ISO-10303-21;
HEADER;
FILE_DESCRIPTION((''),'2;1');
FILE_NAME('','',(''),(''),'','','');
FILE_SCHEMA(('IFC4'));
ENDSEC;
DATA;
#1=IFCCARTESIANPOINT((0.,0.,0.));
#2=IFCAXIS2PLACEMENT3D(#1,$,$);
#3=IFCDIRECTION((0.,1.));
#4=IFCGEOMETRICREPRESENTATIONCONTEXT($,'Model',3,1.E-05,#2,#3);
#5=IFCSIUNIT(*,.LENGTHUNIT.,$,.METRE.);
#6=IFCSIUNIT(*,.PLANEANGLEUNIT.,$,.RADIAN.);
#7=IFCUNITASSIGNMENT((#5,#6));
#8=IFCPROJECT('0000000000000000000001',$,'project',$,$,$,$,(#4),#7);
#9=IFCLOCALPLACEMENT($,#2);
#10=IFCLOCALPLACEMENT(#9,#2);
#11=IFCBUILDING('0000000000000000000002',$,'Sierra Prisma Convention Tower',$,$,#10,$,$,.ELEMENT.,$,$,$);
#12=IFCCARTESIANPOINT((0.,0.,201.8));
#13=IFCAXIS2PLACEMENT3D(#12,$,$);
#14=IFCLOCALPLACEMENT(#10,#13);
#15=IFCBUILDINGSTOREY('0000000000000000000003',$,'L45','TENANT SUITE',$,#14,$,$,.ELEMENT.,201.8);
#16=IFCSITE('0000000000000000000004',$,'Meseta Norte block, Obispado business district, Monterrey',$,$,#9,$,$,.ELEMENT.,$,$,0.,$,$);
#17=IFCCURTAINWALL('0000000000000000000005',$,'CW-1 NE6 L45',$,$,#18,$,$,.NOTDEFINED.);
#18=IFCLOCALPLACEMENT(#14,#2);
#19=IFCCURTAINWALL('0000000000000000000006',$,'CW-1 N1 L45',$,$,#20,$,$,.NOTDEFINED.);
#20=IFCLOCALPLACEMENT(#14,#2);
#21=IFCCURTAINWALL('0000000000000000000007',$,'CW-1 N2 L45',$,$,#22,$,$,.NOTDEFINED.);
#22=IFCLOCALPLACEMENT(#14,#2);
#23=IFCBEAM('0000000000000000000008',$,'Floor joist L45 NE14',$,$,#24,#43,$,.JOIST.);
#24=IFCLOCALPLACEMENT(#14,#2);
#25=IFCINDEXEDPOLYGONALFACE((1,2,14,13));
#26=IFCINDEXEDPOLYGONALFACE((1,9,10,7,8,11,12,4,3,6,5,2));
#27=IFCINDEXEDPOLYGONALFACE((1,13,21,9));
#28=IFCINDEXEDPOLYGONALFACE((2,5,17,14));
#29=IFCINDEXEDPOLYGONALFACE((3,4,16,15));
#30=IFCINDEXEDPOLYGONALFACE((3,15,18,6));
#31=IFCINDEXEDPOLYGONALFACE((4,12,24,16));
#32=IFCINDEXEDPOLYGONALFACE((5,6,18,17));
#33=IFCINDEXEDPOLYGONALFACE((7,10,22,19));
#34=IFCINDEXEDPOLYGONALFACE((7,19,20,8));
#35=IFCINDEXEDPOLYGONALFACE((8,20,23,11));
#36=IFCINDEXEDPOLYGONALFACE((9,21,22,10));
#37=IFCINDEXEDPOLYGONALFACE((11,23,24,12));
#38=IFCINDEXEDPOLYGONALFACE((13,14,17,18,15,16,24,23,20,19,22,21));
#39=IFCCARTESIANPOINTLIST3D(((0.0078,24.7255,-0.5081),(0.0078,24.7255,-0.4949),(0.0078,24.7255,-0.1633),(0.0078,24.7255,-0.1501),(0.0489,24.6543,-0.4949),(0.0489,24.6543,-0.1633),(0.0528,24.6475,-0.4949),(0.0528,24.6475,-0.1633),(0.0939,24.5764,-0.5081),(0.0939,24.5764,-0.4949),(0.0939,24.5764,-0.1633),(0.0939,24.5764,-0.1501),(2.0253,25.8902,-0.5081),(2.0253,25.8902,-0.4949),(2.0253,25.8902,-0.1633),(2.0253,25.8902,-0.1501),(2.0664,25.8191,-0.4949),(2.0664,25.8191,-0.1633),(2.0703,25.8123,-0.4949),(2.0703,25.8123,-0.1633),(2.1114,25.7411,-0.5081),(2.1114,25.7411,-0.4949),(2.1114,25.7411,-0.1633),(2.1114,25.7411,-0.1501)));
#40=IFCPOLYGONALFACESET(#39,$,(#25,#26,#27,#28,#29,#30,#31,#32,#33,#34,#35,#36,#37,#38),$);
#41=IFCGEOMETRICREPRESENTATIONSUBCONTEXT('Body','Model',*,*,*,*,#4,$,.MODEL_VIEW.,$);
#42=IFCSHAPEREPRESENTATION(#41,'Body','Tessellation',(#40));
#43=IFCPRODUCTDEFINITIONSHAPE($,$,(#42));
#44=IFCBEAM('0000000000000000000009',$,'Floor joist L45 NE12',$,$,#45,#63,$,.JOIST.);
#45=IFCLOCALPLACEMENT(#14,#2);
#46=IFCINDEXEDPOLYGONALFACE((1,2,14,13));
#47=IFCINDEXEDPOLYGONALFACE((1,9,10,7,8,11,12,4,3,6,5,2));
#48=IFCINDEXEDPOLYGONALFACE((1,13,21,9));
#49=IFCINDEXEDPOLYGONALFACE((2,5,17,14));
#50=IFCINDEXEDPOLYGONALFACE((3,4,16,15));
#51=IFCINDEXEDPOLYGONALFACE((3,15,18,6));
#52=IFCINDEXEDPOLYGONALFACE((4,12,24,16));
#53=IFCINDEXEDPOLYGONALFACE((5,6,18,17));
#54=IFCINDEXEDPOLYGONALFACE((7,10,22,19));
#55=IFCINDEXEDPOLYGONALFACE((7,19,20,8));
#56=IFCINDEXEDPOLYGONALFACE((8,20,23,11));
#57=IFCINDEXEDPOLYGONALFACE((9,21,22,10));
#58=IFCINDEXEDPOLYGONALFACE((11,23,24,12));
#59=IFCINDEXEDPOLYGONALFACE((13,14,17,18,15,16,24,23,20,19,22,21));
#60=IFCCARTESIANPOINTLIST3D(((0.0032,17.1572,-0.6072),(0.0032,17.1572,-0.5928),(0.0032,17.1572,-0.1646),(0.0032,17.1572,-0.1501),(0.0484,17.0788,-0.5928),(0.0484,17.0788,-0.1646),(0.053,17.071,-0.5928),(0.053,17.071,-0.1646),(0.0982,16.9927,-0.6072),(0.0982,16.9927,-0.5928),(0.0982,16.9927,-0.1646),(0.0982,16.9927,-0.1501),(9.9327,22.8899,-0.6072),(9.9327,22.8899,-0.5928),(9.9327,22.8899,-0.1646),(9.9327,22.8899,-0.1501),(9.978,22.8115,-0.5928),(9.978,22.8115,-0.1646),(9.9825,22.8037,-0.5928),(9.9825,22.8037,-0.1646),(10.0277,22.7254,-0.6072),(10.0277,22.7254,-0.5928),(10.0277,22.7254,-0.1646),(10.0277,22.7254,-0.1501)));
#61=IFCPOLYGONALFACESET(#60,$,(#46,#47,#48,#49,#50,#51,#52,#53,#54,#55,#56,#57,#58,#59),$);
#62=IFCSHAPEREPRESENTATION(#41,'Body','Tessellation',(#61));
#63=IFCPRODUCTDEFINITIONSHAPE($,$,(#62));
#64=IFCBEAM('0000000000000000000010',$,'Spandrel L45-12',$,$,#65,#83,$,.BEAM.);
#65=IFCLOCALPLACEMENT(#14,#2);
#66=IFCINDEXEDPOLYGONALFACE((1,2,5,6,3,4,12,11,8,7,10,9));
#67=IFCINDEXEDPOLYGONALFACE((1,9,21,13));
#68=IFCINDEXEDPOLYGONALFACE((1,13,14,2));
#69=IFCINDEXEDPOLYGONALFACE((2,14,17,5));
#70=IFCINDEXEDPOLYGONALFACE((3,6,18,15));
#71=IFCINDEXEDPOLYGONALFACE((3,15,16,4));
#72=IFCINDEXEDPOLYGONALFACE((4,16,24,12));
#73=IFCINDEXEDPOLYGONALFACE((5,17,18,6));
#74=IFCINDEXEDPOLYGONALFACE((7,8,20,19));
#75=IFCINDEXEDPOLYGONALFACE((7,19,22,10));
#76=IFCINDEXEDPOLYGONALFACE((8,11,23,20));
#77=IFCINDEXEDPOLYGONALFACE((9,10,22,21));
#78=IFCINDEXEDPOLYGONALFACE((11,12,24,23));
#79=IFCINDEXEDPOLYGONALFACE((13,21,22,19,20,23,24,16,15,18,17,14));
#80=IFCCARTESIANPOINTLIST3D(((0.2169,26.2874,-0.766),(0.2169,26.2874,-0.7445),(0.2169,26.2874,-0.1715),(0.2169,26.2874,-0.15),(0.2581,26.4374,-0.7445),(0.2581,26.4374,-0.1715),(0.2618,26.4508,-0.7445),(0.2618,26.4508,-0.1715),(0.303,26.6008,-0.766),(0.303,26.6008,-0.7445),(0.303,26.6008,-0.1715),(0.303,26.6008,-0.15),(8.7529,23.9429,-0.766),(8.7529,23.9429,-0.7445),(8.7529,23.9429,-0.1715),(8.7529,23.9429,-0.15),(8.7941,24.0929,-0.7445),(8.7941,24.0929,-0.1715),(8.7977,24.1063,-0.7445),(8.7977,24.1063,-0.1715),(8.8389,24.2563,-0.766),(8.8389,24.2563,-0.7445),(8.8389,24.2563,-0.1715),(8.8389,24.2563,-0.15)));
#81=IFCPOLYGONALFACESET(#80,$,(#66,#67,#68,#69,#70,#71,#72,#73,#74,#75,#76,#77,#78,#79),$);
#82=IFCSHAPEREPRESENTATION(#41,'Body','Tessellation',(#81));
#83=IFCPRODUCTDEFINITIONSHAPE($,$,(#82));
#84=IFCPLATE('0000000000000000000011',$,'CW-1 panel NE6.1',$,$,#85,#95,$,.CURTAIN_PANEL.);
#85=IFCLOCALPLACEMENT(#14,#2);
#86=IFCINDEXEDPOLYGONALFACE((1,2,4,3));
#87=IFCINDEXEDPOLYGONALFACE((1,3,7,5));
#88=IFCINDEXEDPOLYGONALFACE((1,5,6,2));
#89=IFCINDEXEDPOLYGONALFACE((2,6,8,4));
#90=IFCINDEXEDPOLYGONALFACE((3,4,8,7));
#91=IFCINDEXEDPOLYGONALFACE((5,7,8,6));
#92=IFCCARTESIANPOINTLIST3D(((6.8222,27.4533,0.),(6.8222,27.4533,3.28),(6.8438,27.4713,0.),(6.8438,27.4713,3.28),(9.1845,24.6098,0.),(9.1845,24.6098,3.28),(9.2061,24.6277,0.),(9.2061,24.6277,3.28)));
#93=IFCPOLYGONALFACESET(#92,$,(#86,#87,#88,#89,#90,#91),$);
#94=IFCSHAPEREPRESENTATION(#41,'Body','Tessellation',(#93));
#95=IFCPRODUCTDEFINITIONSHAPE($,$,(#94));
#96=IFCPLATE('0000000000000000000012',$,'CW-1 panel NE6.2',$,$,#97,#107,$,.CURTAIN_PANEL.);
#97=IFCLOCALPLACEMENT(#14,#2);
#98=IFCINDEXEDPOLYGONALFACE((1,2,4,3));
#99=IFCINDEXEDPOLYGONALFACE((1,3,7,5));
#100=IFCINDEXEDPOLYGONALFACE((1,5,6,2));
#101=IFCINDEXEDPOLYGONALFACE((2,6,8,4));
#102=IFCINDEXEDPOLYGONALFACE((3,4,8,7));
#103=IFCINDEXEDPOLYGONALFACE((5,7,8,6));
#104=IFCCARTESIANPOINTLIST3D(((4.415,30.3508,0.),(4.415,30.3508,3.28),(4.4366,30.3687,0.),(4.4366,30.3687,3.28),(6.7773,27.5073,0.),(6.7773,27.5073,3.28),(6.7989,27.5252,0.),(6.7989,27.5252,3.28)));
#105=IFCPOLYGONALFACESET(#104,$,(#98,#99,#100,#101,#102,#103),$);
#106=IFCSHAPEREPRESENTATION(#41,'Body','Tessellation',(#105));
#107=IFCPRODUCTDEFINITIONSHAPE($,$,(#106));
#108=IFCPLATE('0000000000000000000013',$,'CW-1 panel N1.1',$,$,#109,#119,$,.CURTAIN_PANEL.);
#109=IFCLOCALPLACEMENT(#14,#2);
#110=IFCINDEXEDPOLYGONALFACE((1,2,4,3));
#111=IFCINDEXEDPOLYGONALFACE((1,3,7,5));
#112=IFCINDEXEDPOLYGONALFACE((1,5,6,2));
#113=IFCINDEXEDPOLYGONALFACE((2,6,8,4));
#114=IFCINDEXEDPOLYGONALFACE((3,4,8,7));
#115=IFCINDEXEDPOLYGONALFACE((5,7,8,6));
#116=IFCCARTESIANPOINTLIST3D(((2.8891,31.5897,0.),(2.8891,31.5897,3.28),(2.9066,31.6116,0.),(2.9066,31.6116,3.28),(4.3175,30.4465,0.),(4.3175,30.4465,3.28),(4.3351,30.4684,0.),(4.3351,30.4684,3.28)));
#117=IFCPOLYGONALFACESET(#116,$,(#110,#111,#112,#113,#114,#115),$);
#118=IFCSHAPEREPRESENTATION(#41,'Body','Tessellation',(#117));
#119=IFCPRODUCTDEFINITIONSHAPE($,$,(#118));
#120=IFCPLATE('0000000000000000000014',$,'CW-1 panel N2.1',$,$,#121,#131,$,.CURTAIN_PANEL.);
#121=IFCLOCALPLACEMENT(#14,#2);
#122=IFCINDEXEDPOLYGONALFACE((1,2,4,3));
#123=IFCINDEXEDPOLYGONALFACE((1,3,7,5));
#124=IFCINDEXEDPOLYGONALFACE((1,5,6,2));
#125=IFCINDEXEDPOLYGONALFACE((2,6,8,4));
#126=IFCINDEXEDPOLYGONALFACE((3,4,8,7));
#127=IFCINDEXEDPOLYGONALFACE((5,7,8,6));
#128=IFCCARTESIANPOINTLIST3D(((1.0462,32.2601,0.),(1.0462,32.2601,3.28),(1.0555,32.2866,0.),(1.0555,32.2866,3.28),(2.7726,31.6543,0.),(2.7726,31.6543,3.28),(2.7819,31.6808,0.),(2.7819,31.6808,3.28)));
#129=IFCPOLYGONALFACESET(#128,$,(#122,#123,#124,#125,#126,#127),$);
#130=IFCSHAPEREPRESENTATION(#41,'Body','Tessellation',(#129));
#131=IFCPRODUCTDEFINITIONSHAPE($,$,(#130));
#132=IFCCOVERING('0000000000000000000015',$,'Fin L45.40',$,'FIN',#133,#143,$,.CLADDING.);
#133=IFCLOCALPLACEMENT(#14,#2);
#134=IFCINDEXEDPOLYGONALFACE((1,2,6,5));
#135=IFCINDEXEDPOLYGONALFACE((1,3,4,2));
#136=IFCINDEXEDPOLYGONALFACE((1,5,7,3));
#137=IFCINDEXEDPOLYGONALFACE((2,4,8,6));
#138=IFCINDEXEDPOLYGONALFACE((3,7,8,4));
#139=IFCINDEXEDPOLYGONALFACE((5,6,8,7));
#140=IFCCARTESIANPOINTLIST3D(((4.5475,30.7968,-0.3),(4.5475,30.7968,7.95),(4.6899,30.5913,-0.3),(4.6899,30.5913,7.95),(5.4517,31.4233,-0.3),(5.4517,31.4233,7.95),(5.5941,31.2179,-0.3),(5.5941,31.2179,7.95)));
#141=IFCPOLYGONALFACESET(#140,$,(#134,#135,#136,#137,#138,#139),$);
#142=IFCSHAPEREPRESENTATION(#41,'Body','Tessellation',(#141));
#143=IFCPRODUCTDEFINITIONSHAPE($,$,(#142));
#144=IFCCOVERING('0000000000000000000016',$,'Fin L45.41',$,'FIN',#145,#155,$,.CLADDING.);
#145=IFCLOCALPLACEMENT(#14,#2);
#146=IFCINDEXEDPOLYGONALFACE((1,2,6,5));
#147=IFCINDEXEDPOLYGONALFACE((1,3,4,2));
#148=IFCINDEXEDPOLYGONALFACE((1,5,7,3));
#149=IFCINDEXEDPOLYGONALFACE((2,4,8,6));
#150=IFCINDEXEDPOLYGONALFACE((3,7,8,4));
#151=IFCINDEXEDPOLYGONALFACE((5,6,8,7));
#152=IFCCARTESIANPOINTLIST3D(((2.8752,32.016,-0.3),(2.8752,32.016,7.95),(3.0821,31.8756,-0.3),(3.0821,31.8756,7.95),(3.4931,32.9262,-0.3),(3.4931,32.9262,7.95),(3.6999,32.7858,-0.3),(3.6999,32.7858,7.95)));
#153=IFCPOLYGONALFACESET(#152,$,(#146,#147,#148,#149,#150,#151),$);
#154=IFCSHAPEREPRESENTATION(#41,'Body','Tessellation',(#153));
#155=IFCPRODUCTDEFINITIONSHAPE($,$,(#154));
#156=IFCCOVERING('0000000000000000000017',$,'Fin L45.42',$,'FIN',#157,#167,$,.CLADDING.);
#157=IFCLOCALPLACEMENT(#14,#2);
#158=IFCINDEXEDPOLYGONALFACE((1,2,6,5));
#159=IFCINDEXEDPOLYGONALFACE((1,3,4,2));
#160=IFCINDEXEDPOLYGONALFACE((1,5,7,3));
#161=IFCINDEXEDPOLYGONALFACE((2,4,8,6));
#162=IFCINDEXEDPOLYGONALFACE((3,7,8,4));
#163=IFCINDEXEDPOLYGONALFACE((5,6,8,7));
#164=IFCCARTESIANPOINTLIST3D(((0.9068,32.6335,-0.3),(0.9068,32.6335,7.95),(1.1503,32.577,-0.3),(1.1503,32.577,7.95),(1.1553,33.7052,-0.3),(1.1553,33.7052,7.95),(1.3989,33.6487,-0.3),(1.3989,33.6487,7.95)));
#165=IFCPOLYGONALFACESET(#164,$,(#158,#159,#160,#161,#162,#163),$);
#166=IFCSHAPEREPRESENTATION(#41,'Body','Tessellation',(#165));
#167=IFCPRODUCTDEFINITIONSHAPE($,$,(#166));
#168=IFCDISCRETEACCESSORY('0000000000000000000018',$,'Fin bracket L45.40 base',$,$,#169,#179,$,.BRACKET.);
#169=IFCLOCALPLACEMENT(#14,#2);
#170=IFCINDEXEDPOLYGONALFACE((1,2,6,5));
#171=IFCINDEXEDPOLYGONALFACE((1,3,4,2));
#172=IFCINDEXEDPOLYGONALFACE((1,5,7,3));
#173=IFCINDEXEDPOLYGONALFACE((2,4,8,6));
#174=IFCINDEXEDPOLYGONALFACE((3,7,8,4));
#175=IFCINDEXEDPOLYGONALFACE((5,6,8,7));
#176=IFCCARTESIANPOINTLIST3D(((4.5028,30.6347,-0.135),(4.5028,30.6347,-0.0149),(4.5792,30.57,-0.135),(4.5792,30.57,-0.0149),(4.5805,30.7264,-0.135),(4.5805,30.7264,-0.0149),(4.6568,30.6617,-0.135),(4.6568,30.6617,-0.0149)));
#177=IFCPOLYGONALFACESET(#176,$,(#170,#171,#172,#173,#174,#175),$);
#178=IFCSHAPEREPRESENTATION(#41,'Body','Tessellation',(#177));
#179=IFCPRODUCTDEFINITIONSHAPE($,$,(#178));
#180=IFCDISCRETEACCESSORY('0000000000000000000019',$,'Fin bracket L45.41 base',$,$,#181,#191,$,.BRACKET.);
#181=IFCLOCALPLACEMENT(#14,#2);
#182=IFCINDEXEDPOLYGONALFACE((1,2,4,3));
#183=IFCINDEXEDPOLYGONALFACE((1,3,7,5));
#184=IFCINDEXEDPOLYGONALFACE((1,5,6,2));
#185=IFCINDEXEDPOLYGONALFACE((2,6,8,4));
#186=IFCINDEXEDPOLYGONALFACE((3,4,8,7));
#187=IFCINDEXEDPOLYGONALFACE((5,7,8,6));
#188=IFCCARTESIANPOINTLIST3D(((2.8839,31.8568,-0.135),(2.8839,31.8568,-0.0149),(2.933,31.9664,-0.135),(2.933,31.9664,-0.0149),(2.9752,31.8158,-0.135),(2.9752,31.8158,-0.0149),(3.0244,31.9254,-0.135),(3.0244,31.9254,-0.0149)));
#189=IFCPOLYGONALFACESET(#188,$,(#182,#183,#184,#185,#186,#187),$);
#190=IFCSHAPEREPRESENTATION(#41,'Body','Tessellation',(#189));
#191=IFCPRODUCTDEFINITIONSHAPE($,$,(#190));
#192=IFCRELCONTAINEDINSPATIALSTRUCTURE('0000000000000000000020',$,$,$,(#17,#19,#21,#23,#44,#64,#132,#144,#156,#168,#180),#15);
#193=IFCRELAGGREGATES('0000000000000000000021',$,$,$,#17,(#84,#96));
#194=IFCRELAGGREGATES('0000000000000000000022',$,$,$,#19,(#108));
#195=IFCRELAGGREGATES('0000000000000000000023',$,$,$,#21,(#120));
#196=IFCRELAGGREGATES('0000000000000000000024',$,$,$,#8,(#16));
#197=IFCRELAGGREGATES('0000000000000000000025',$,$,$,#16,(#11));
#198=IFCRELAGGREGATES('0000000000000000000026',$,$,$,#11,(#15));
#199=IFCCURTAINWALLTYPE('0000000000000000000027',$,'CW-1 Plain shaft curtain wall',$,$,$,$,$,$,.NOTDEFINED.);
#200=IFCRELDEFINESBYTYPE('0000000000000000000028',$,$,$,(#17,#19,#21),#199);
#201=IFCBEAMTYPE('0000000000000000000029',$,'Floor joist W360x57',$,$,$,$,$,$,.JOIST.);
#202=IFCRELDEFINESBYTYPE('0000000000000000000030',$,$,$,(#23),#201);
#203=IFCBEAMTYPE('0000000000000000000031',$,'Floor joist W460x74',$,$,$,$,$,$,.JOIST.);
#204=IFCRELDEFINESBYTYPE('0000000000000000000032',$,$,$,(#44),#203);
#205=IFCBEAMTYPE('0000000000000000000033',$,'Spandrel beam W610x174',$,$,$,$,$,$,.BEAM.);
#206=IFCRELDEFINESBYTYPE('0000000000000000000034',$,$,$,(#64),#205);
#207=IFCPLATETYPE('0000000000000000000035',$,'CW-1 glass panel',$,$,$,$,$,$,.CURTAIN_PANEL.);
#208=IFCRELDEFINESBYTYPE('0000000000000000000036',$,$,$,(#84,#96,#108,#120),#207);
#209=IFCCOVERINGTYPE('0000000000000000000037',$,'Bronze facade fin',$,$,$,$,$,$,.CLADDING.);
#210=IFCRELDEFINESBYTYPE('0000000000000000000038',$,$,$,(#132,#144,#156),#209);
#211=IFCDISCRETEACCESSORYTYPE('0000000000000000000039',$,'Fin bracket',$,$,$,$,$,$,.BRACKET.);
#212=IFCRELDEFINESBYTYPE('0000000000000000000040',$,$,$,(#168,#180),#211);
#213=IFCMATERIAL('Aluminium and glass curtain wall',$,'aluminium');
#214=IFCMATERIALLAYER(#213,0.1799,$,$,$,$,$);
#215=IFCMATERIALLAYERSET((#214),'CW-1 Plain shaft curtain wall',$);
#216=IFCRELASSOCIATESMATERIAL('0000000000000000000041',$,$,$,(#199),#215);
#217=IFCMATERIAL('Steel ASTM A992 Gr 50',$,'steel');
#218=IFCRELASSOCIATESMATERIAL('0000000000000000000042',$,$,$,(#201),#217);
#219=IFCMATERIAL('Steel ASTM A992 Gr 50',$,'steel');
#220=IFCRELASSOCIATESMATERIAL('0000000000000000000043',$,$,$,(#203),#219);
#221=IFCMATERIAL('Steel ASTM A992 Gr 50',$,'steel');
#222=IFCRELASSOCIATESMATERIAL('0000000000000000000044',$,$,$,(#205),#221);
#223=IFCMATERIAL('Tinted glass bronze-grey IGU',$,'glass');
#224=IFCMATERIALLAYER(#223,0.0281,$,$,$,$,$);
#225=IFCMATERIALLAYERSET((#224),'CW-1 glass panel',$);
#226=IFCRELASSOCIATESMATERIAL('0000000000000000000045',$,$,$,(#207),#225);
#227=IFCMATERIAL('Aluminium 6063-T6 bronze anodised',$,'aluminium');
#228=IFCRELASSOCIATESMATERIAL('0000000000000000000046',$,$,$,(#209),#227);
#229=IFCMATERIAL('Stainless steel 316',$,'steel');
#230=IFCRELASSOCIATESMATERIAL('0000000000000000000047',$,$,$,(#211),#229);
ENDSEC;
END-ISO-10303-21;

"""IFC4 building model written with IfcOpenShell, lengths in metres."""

from ifc_helpers import new_model, si_unit, direction, frame, origin, origin_2d, place, context, subcontext, project, spatial, rectangle, i_section, extrude, material, layer, layer_set, material_profile, profile_set, type_object, element, aggregate, save


model = new_model("IFC4")

# Units and contexts
model_context = context("Model", 3, precision=1e-05, world=origin(), true_north=direction((0.0, 1.0)))
body_context = subcontext(model_context, "Body", "Model", "MODEL_VIEW")
ifc_project = project(units=[si_unit("LENGTHUNIT", "METRE"), si_unit("PLANEANGLEUNIT", "RADIAN")], contexts=[model_context])

# Site, building, storey
site_placement = place(None, origin())
site = spatial("IfcSite", under=ifc_project, at=site_placement, Name="Meseta Norte block, Obispado business district, Monterrey", CompositionType="ELEMENT", RefElevation=0.0)
building_placement = place(site_placement, origin())
building = spatial("IfcBuilding", under=site, at=building_placement, Name="Sierra Prisma Convention Tower", CompositionType="ELEMENT")
storey_placement = place(building_placement, frame((0.0, 0.0, 201.8)))
storey = spatial("IfcBuildingStorey", under=building, at=storey_placement, Name="L45", Description="TENANT SUITE", CompositionType="ELEMENT", Elevation=201.8)

# Curtain walls
ifc_material_1 = material(Name="Aluminium and glass curtain wall", Category="aluminium")
ifc_layer_1 = layer(ifc_material_1, 0.1799)
ifc_layer_set_1 = layer_set([ifc_layer_1], Name="CW-1 Plain shaft curtain wall")
curtain_wall_type = type_object("IfcCurtainWallType", Name="CW-1 Plain shaft curtain wall", PredefinedType="NOTDEFINED", material=ifc_layer_set_1)
curtain_wall_1_placement = place(storey_placement, origin())
curtain_wall_1 = element("IfcCurtainWall", 1, at=curtain_wall_1_placement, inside=storey, type_object=curtain_wall_type, Name="CW-1 NE6 L45", PredefinedType="NOTDEFINED")
curtain_wall_2_placement = place(storey_placement, origin())
curtain_wall_2 = element("IfcCurtainWall", 2, at=curtain_wall_2_placement, inside=storey, type_object=curtain_wall_type, Name="CW-1 N1 L45", PredefinedType="NOTDEFINED")
curtain_wall_3_placement = place(storey_placement, origin())
curtain_wall_3 = element("IfcCurtainWall", 3, at=curtain_wall_3_placement, inside=storey, type_object=curtain_wall_type, Name="CW-1 N2 L45", PredefinedType="NOTDEFINED")

# Beams
ifc_material_2 = material(Name="Steel ASTM A992 Gr 50", Category="steel")
ifc_material_profile_1 = material_profile(ifc_material_2, i_section(OverallWidth=0.1721, OverallDepth=0.3579, WebThickness=0.0078, FlangeThickness=0.0132, at=origin_2d()), Name="W360x57")
ifc_profile_set_1 = profile_set([ifc_material_profile_1], Name="Steel ASTM A992 Gr 50")
beam_type_1 = type_object("IfcBeamType", Name="Floor joist W360x57", PredefinedType="JOIST", material=ifc_profile_set_1)
beam_1_placement = place(storey_placement, frame((2.0684, 25.8157, -0.3291), z_axis=(-0.866036, -0.499983, 0.0), x_axis=(0.499983, -0.866036, 0.0)))
element("IfcBeam", 4, at=beam_1_placement, inside=storey, type_object=beam_type_1, Name="Floor joist L45 NE14", PredefinedType="JOIST", context=body_context, shape_type="SweptSolid", body=[
    extrude(i_section(OverallWidth=0.1721, OverallDepth=0.3579, WebThickness=0.0078, FlangeThickness=0.0132, at=origin_2d()), origin(), (0.0, 0.0, 1.0), 2.3296),
])
ifc_material_3 = material(Name="Steel ASTM A992 Gr 50", Category="steel")
ifc_material_profile_2 = material_profile(ifc_material_3, i_section(OverallWidth=0.1899, OverallDepth=0.457, WebThickness=0.009, FlangeThickness=0.0144, at=origin_2d()), Name="W460x74")
ifc_profile_set_2 = profile_set([ifc_material_profile_2], Name="Steel ASTM A992 Gr 50")
beam_type_2 = type_object("IfcBeamType", Name="Floor joist W460x74", PredefinedType="JOIST", material=ifc_profile_set_2)
beam_2_placement = place(storey_placement, frame((9.9802, 22.8076, -0.3787), z_axis=(-0.866029, -0.499993, 0.0), x_axis=(0.499993, -0.866029, 0.0)))
element("IfcBeam", 5, at=beam_2_placement, inside=storey, type_object=beam_type_2, Name="Floor joist L45 NE12", PredefinedType="JOIST", context=body_context, shape_type="SweptSolid", body=[
    extrude(i_section(OverallWidth=0.1899, OverallDepth=0.457, WebThickness=0.009, FlangeThickness=0.0144, at=origin_2d()), origin(), (0.0, 0.0, 1.0), 11.4656),
])
ifc_material_4 = material(Name="Steel ASTM A992 Gr 50", Category="steel")
ifc_material_profile_3 = material_profile(ifc_material_4, i_section(OverallWidth=0.325, OverallDepth=0.616, WebThickness=0.0139, FlangeThickness=0.0215, at=origin_2d()), Name="W610x174")
ifc_profile_set_3 = profile_set([ifc_material_profile_3], Name="Steel ASTM A992 Gr 50")
beam_type_3 = type_object("IfcBeamType", Name="Spandrel beam W610x174", PredefinedType="BEAM", material=ifc_profile_set_3)
beam_3_placement = place(storey_placement, frame((8.7959, 24.0996, -0.458), z_axis=(-0.964289, 0.264853, 0.0), x_axis=(-0.264853, -0.964289, 0.0)))
element("IfcBeam", 6, at=beam_3_placement, inside=storey, type_object=beam_type_3, Name="Spandrel L45-12", PredefinedType="BEAM", context=body_context, shape_type="SweptSolid", body=[
    extrude(i_section(OverallWidth=0.325, OverallDepth=0.616, WebThickness=0.0139, FlangeThickness=0.0215, at=origin_2d()), origin(), (0.0, 0.0, 1.0), 8.8521),
])

# Plates
ifc_material_5 = material(Name="Tinted glass bronze-grey IGU", Category="glass")
ifc_layer_2 = layer(ifc_material_5, 0.0281)
ifc_layer_set_2 = layer_set([ifc_layer_2], Name="CW-1 glass panel")
plate_type = type_object("IfcPlateType", Name="CW-1 glass panel", PredefinedType="CURTAIN_PANEL", material=ifc_layer_set_2)
plate_1_placement = place(storey_placement, frame((8.0142, 26.0405, 0.0), z_axis=(0.0, 0.0, 1.0), x_axis=(-0.639018, 0.769191, 0.0)))
plate_1 = element("IfcPlate", 7, at=plate_1_placement, type_object=plate_type, Name="CW-1 panel NE6.1", PredefinedType="CURTAIN_PANEL", context=body_context, shape_type="SweptSolid", body=[
    extrude(rectangle(XDim=3.6968, YDim=0.0281, at=origin_2d()), origin(), (0.0, 0.0, 1.0), 3.28),
])
plate_2_placement = place(storey_placement, frame((5.6069, 28.938, 0.0), z_axis=(0.0, 0.0, 1.0), x_axis=(-0.639018, 0.769191, 0.0)))
plate_2 = element("IfcPlate", 8, at=plate_2_placement, type_object=plate_type, Name="CW-1 panel NE6.2", PredefinedType="CURTAIN_PANEL", context=body_context, shape_type="SweptSolid", body=[
    extrude(rectangle(XDim=3.6968, YDim=0.0281, at=origin_2d()), origin(), (0.0, 0.0, 1.0), 3.28),
])
aggregate(curtain_wall_1, [plate_1, plate_2])
plate_3_placement = place(storey_placement, frame((3.6121, 31.0291, 0.0), z_axis=(0.0, 0.0, 1.0), x_axis=(-0.780757, 0.624835, 0.0)))
plate_3 = element("IfcPlate", 9, at=plate_3_placement, type_object=plate_type, Name="CW-1 panel N1.1", PredefinedType="CURTAIN_PANEL", context=body_context, shape_type="SweptSolid", body=[
    extrude(rectangle(XDim=1.8296, YDim=0.0281, at=origin_2d()), origin(), (0.0, 0.0, 1.0), 3.28),
])
aggregate(curtain_wall_2, [plate_3])
plate_4_placement = place(storey_placement, frame((1.9141, 31.9705, 0.0), z_axis=(0.0, 0.0, 1.0), x_axis=(-0.943599, 0.331092, 0.0)))
plate_4 = element("IfcPlate", 10, at=plate_4_placement, type_object=plate_type, Name="CW-1 panel N2.1", PredefinedType="CURTAIN_PANEL", context=body_context, shape_type="SweptSolid", body=[
    extrude(rectangle(XDim=1.8296, YDim=0.0281, at=origin_2d()), origin(), (0.0, 0.0, 1.0), 3.28),
])
aggregate(curtain_wall_3, [plate_4])

# Coverings
ifc_material_6 = material(Name="Aluminium 6063-T6 bronze anodised", Category="aluminium")
ifc_material_profile_4 = material_profile(ifc_material_6, rectangle(XDim=1.1001, YDim=0.25, at=origin_2d()), Name="ALU FIN 1100x250")
ifc_profile_set_4 = profile_set([ifc_material_profile_4], Name="Aluminium 6063-T6 bronze anodised")
covering_type = type_object("IfcCoveringType", Name="Bronze facade fin", PredefinedType="CLADDING", material=ifc_profile_set_4)
for number, where, z_axis, x_axis, name in (
    (11, (5.0708, 31.0073, -0.3), (0.0, 0.0, 1.0), (0.821959, 0.569547, 0.0), "Fin L45.40"),
    (12, (3.2876, 32.4009, -0.3), (0.0, 0.0, 1.0), (0.561633, 0.827387, 0.0), "Fin L45.41"),
    (13, (1.1528, 33.1411, -0.3), (0.0, 0.0, 1.0), (0.225908, 0.974149, 0.0), "Fin L45.42"),
):
    element("IfcCovering", number, at=place(storey_placement, frame(where, z_axis=z_axis, x_axis=x_axis)), inside=storey, type_object=covering_type, Name=name, ObjectType="FIN", PredefinedType="CLADDING", context=body_context, shape_type="SweptSolid", body=[
        extrude(rectangle(XDim=1.1001, YDim=0.25, at=origin_2d()), origin(), (0.0, 0.0, 1.0), 8.25),
    ])

# Discrete accessories
ifc_material_7 = material(Name="Stainless steel 316", Category="steel")
discrete_accessory_type = type_object("IfcDiscreteAccessoryType", Name="Fin bracket", PredefinedType="BRACKET", material=ifc_material_7)
for number, where, z_axis, x_axis, name in (
    (14, (4.5798, 30.6482, -0.135), (0.0, 0.0, 1.0), (0.646541, 0.762879, 0.0), "Fin bracket L45.40 base"),
    (15, (2.9541, 31.8911, -0.135), (0.0, 0.0, 1.0), (0.409426, 0.912343, 0.0), "Fin bracket L45.41 base"),
):
    element("IfcDiscreteAccessory", number, at=place(storey_placement, frame(where, z_axis=z_axis, x_axis=x_axis)), inside=storey, type_object=discrete_accessory_type, Name=name, PredefinedType="BRACKET", context=body_context, shape_type="SweptSolid", body=[
        extrude(rectangle(XDim=0.1201, YDim=0.1001, at=origin_2d()), origin(), (0.0, 0.0, 1.0), 0.1201),
    ])

save(model, "model.ifc")
